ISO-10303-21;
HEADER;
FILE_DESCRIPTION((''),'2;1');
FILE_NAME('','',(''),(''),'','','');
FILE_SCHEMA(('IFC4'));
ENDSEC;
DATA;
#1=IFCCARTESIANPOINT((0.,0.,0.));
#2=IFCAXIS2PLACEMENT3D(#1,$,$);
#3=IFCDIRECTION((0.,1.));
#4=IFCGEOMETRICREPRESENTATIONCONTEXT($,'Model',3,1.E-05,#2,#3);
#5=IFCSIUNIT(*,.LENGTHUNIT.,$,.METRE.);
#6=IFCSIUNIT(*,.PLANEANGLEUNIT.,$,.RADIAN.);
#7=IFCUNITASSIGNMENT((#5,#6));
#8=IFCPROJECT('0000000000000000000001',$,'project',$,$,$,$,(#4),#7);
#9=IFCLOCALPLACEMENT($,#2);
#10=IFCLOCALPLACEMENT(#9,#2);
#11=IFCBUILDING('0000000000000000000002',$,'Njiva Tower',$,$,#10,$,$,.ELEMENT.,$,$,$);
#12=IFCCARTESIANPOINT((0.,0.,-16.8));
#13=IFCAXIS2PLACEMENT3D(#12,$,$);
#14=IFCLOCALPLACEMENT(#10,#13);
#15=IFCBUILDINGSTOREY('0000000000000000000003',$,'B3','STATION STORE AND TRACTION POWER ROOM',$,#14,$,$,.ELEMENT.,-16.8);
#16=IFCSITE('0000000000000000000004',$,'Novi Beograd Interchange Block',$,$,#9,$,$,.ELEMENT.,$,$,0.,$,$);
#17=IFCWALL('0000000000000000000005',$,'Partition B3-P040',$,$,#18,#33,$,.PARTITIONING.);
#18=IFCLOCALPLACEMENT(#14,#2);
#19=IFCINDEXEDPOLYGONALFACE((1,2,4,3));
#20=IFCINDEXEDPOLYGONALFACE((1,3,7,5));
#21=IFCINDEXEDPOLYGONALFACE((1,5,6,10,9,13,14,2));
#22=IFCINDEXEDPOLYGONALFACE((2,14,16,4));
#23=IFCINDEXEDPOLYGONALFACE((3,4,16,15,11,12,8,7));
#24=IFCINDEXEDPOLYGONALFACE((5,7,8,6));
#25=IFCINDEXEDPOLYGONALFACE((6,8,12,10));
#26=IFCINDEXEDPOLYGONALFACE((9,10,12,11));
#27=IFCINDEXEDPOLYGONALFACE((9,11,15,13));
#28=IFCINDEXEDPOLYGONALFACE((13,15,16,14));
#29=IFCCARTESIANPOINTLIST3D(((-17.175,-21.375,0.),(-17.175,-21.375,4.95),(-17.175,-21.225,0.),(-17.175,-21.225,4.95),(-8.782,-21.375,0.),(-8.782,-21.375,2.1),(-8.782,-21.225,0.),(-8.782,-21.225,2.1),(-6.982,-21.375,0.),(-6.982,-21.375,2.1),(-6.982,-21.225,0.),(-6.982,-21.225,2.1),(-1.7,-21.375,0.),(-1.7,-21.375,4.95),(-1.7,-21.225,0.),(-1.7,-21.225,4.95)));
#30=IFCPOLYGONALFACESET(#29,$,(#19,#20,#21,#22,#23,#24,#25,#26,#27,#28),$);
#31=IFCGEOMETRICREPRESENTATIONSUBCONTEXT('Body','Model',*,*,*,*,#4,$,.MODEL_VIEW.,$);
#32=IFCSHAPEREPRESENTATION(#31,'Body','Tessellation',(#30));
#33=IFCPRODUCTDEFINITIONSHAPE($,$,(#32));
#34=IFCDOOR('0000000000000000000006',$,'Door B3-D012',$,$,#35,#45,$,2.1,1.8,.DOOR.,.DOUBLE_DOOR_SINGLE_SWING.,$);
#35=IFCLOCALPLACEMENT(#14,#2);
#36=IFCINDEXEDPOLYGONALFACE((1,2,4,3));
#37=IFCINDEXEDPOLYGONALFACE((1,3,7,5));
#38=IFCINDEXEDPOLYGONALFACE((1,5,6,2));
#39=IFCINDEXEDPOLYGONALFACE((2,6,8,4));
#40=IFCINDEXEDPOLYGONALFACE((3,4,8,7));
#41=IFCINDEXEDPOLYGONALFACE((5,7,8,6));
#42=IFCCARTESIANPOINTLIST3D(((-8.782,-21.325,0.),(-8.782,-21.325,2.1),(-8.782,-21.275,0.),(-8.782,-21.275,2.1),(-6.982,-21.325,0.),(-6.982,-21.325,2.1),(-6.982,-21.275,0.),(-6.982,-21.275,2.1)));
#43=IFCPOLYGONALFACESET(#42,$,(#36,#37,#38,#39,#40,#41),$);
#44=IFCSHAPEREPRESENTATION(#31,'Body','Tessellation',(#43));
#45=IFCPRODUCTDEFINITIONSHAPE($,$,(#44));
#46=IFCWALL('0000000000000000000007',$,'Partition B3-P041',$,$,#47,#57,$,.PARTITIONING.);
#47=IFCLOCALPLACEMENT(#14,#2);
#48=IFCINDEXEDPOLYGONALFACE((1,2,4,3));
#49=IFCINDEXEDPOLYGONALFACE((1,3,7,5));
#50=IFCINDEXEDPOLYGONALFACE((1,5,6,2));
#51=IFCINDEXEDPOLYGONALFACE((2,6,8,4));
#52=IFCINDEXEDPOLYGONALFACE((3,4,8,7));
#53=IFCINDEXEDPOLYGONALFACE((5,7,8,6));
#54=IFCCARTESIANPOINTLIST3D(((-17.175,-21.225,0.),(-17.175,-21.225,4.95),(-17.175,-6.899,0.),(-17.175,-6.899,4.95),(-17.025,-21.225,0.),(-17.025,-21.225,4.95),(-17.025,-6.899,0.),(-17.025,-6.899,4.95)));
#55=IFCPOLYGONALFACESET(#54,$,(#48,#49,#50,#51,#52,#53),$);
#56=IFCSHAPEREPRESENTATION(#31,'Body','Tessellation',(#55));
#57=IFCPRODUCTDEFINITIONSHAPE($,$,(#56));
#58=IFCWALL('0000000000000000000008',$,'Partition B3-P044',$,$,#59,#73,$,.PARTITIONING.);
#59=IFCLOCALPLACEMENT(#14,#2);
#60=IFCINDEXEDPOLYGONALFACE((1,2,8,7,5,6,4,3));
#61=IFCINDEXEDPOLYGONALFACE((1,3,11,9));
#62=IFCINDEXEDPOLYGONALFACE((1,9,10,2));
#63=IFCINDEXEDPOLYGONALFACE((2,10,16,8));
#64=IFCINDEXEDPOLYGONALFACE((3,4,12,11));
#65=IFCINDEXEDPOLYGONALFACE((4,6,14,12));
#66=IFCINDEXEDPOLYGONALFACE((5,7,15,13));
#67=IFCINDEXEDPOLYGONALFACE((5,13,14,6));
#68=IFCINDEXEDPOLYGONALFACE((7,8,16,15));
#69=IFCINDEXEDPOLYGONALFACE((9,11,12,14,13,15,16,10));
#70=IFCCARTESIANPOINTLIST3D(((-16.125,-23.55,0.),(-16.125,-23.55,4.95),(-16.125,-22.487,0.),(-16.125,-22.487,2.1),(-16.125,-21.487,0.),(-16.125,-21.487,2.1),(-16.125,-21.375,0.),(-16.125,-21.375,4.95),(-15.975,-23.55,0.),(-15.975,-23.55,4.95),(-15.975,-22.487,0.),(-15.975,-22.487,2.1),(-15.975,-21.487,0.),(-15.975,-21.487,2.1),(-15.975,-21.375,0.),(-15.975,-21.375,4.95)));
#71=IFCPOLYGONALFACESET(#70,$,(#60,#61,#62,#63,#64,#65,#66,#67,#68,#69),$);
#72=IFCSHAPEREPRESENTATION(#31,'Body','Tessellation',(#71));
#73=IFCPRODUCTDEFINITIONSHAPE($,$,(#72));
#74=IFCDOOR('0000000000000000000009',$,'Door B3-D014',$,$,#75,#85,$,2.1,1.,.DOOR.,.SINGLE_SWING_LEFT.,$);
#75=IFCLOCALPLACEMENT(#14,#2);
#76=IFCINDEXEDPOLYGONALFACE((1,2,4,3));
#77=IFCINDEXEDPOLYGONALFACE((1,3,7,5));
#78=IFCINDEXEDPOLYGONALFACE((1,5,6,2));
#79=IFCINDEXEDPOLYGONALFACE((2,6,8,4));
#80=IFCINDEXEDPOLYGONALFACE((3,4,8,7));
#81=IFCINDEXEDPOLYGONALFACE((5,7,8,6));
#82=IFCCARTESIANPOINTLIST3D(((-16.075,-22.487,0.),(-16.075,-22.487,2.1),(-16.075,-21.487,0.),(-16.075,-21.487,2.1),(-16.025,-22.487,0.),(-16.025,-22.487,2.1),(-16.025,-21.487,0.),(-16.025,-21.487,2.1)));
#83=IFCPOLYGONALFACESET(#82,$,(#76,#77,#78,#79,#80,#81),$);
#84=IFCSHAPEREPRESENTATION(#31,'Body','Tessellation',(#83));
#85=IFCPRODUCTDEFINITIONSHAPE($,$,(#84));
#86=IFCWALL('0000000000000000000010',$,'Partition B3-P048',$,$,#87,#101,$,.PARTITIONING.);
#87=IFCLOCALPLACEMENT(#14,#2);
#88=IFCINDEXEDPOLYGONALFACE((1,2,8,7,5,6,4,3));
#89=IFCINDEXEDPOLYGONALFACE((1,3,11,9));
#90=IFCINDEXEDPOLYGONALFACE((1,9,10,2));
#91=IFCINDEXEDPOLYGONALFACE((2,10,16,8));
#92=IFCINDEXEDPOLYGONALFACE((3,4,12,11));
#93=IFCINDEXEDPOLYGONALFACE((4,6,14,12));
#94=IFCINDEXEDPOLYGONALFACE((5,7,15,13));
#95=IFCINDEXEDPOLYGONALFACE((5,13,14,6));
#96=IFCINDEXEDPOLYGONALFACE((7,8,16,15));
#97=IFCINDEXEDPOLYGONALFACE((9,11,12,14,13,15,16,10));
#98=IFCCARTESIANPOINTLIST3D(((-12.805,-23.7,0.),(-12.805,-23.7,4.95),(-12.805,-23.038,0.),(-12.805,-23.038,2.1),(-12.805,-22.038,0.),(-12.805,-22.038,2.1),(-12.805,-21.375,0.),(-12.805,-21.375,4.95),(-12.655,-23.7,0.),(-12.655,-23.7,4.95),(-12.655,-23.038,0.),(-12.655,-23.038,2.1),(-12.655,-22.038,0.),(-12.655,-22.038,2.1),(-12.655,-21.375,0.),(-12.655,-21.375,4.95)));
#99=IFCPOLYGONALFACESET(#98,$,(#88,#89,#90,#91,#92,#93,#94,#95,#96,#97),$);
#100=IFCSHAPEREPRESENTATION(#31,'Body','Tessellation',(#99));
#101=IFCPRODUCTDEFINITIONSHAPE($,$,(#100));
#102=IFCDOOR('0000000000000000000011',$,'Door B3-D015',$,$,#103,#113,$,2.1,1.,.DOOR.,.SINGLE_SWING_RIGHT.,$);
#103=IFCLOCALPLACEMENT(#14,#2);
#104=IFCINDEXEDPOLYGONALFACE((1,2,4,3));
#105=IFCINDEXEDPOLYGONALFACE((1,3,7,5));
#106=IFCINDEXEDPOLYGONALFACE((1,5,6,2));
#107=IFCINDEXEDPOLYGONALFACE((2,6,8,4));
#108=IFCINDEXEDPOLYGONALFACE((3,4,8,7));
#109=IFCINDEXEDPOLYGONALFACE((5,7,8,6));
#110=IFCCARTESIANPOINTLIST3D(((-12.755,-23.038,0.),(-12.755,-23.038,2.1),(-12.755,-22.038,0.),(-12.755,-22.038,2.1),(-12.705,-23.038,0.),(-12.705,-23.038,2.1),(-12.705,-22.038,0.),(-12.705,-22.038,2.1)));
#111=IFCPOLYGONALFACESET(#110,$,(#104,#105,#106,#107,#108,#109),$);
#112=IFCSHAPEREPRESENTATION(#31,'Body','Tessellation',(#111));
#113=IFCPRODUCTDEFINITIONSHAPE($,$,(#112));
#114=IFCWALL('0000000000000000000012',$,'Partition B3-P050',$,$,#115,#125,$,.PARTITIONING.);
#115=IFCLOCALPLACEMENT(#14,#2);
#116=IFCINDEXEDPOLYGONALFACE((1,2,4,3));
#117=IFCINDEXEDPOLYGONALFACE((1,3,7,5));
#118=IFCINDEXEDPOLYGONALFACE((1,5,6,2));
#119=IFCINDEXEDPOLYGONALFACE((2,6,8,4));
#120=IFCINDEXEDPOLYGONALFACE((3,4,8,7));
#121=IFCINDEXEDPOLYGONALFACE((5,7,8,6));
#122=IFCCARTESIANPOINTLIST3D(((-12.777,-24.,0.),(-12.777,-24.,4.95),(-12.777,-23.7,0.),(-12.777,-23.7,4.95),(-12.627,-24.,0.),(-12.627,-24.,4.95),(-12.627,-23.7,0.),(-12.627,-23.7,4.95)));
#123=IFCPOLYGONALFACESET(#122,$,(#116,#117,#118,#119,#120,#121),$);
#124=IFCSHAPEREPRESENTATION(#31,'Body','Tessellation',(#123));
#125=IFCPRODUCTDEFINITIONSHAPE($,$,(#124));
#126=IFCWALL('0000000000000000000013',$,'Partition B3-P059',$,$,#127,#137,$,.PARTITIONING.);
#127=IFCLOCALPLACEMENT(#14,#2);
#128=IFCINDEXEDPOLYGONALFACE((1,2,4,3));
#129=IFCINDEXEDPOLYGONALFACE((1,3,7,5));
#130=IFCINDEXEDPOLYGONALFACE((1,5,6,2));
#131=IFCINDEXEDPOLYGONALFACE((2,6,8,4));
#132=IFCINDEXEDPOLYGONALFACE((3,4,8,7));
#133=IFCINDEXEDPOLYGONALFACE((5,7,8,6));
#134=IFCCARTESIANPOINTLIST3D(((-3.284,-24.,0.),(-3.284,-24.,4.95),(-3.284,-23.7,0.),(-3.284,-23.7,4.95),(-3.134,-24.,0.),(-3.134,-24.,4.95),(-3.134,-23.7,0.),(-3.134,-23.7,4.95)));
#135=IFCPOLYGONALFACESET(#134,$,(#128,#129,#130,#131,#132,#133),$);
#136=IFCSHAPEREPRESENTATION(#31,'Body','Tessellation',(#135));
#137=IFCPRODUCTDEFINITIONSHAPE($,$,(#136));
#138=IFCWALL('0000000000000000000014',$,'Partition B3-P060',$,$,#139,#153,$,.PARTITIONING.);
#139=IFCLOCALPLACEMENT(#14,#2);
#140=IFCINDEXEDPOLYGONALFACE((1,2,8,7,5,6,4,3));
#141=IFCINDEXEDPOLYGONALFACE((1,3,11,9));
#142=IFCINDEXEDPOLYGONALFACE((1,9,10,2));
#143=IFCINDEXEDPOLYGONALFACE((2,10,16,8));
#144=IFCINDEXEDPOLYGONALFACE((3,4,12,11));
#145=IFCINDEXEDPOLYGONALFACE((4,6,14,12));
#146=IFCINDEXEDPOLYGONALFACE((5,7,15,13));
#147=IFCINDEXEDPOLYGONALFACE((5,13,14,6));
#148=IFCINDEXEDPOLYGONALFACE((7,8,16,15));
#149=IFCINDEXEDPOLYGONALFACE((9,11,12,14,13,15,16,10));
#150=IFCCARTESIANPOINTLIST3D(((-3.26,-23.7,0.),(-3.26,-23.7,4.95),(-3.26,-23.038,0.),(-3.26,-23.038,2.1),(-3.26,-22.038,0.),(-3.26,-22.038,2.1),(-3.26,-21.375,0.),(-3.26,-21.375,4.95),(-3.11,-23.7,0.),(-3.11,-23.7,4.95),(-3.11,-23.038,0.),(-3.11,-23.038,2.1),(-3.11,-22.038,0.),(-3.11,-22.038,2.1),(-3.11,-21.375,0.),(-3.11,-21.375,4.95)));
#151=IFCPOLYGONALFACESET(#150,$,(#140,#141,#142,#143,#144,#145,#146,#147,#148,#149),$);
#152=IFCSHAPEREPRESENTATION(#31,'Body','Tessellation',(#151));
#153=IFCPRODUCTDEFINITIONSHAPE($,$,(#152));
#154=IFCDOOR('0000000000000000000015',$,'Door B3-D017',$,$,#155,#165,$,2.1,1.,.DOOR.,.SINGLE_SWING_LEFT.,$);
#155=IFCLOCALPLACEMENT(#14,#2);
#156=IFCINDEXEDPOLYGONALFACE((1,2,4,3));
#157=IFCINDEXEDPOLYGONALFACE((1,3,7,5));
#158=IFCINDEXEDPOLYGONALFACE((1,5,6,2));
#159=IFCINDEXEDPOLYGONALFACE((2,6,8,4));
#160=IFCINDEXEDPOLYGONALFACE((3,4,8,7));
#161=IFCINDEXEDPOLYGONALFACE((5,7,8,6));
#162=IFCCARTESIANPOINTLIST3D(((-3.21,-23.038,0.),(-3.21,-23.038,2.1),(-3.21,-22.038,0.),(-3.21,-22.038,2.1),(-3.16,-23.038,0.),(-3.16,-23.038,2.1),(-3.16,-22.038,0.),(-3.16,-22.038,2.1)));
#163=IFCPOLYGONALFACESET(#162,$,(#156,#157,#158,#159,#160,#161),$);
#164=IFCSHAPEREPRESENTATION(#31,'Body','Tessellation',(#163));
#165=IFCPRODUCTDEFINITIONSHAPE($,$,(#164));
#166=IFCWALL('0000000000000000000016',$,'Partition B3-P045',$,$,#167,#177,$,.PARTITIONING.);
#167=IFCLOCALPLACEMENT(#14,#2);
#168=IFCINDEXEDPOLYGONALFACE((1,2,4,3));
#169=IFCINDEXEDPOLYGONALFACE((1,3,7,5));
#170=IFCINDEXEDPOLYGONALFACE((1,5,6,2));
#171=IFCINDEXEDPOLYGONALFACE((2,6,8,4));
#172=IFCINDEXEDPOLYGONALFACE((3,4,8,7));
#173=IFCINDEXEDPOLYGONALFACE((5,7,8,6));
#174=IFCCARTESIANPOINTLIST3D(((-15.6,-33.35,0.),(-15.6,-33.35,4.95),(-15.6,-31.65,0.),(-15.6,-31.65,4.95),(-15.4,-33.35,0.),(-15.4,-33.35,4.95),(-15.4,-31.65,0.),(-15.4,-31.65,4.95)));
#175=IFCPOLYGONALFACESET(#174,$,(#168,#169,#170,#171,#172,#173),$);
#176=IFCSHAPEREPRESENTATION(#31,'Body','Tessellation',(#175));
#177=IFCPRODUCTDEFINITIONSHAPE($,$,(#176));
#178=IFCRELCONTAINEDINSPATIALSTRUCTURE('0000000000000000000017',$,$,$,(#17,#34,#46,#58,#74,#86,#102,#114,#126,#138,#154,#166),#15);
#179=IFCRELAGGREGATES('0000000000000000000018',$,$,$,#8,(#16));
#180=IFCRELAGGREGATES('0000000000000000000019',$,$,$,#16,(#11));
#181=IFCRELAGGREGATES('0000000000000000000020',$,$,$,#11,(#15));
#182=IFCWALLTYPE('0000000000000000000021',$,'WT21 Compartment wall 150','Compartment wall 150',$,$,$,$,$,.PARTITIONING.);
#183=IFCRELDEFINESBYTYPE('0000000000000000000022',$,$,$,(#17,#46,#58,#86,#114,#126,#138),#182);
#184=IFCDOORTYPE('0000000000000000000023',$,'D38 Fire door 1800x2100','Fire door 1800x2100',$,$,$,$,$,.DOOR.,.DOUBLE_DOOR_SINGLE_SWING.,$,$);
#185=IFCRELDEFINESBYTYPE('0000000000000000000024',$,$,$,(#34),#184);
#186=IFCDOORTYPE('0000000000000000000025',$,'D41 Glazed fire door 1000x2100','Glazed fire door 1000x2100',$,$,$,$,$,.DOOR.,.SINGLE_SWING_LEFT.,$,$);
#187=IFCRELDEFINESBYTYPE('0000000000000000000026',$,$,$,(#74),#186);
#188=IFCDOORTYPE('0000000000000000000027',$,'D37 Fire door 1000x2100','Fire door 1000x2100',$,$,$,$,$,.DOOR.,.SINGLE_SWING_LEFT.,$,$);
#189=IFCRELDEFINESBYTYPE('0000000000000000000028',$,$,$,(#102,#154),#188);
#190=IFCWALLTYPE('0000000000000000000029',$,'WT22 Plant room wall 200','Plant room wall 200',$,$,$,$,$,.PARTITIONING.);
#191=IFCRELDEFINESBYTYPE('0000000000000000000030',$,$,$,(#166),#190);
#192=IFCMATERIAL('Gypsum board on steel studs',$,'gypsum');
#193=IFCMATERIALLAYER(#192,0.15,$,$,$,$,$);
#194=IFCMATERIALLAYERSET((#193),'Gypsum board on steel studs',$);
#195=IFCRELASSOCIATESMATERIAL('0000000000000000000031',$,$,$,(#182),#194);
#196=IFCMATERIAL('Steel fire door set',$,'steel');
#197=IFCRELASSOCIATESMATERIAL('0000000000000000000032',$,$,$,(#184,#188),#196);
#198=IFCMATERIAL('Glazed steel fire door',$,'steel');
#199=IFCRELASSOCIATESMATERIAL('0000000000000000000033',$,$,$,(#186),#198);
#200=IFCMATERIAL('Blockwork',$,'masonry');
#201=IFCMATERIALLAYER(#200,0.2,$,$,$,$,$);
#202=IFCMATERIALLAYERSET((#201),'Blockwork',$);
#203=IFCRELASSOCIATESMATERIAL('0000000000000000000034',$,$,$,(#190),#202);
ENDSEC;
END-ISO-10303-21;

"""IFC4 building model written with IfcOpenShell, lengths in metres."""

from ifc_helpers import new_model, si_unit, direction, frame, frame_2d, origin, place, context, subcontext, project, spatial, rectangle, extrude, material, layer, layer_set, type_object, element, fill, save


model = new_model("IFC4")

# Units and contexts
model_context = context("Model", 3, precision=1e-05, world=origin(), true_north=direction((0.0, 1.0)))
body_context = subcontext(model_context, "Body", "Model", "MODEL_VIEW")
ifc_project = project(units=[si_unit("LENGTHUNIT", "METRE"), si_unit("PLANEANGLEUNIT", "RADIAN")], contexts=[model_context])

# Site, building, storey
site_placement = place(None, origin())
site = spatial("IfcSite", under=ifc_project, at=site_placement, Name="Novi Beograd Interchange Block", CompositionType="ELEMENT", RefElevation=0.0)
building_placement = place(site_placement, origin())
building = spatial("IfcBuilding", under=site, at=building_placement, Name="Njiva Tower", CompositionType="ELEMENT")
storey_placement = place(building_placement, frame((0.0, 0.0, -16.8)))
storey = spatial("IfcBuildingStorey", under=building, at=storey_placement, Name="B3", Description="STATION STORE AND TRACTION POWER ROOM", CompositionType="ELEMENT", Elevation=-16.8)

# Shared definitions
ifc_material_1 = material(Name="Gypsum board on steel studs", Category="gypsum")
ifc_layer_1 = layer(ifc_material_1, 0.15)
ifc_layer_set_1 = layer_set([ifc_layer_1], Name="Gypsum board on steel studs")
wall_type_1 = type_object("IfcWallType", Name="WT21 Compartment wall 150", Description="Compartment wall 150", PredefinedType="PARTITIONING", material=ifc_layer_set_1)

# Wall, opening, door
wall_1_placement = place(storey_placement, frame((-17.175, -21.3, 0.0), z_axis=(0.0, 0.0, 1.0), x_axis=(1.0, 0.0, 0.0)))
wall_1 = element("IfcWall", 1, at=wall_1_placement, inside=storey, type_object=wall_type_1, Name="Partition B3-P040", PredefinedType="PARTITIONING", context=body_context, shape_type="SweptSolid", body=[
    extrude(rectangle(XDim=15.475, YDim=0.15, at=frame_2d((7.7375, 0.0))), origin(), (0.0, 0.0, 1.0), 4.95),
])
opening_1_placement = place(wall_1_placement, frame((8.393, 0.0, 0.0)))
opening_1 = element("IfcOpeningElement", 2, at=opening_1_placement, cuts=wall_1, PredefinedType="OPENING", context=body_context, shape_type="SweptSolid", body=[
    extrude(rectangle(XDim=1.8, YDim=2.1, at=frame_2d((0.9, 1.05))), frame((0.0, 0.085, 0.0), z_axis=(0.0, -1.0, 0.0), x_axis=(1.0, 0.0, 0.0)), (0.0, 0.0, 1.0), 0.17),
])
ifc_material_2 = material(Name="Steel fire door set", Category="steel")
door_type_1 = type_object("IfcDoorType", Name="D38 Fire door 1800x2100", Description="Fire door 1800x2100", OperationType="DOUBLE_DOOR_SINGLE_SWING", PredefinedType="DOOR", material=ifc_material_2)
door_1_placement = place(opening_1_placement, origin())
door_1 = element("IfcDoor", 3, at=door_1_placement, inside=storey, type_object=door_type_1, Name="Door B3-D012", OperationType="DOUBLE_DOOR_SINGLE_SWING", OverallHeight=2.1, OverallWidth=1.8, PredefinedType="DOOR", context=body_context, shape_type="SweptSolid", body=[
    extrude(rectangle(XDim=1.8, YDim=2.1, at=frame_2d((0.9, 1.05))), frame((0.0, 0.025, 0.0), z_axis=(0.0, -1.0, 0.0), x_axis=(1.0, 0.0, 0.0)), (0.0, 0.0, 1.0), 0.05),
])
fill(opening_1, door_1)

# Wall
wall_2_placement = place(storey_placement, frame((-17.1, -21.225, 0.0), z_axis=(0.0, 0.0, 1.0), x_axis=(0.0, 1.0, 0.0)))
element("IfcWall", 4, at=wall_2_placement, inside=storey, type_object=wall_type_1, Name="Partition B3-P041", PredefinedType="PARTITIONING", context=body_context, shape_type="SweptSolid", body=[
    extrude(rectangle(XDim=14.326, YDim=0.15, at=frame_2d((7.163, 0.0))), origin(), (0.0, 0.0, 1.0), 4.95),
])

# Walls, openings, doors
wall_3_placement = place(storey_placement, frame((-16.05, -23.55, 0.0), z_axis=(0.0, 0.0, 1.0), x_axis=(0.0, 1.0, 0.0)))
wall_3 = element("IfcWall", 5, at=wall_3_placement, inside=storey, type_object=wall_type_1, Name="Partition B3-P044", PredefinedType="PARTITIONING", context=body_context, shape_type="SweptSolid", body=[
    extrude(rectangle(XDim=2.175, YDim=0.15, at=frame_2d((1.0875, 0.0))), origin(), (0.0, 0.0, 1.0), 4.95),
])
opening_2_placement = place(wall_3_placement, frame((1.063, 0.0, 0.0)))
opening_2 = element("IfcOpeningElement", 6, at=opening_2_placement, cuts=wall_3, PredefinedType="OPENING", context=body_context, shape_type="SweptSolid", body=[
    extrude(rectangle(XDim=1.0, YDim=2.1, at=frame_2d((0.5, 1.05))), frame((0.0, 0.085, 0.0), z_axis=(0.0, -1.0, 0.0), x_axis=(1.0, 0.0, 0.0)), (0.0, 0.0, 1.0), 0.17),
])
ifc_material_3 = material(Name="Glazed steel fire door", Category="steel")
door_type_2 = type_object("IfcDoorType", Name="D41 Glazed fire door 1000x2100", Description="Glazed fire door 1000x2100", OperationType="SINGLE_SWING_LEFT", PredefinedType="DOOR", material=ifc_material_3)
door_2_placement = place(opening_2_placement, origin())
door_2 = element("IfcDoor", 7, at=door_2_placement, inside=storey, type_object=door_type_2, Name="Door B3-D014", OperationType="SINGLE_SWING_LEFT", OverallHeight=2.1, OverallWidth=1.0, PredefinedType="DOOR", context=body_context, shape_type="SweptSolid", body=[
    extrude(rectangle(XDim=1.0, YDim=2.1, at=frame_2d((0.5, 1.05))), frame((0.0, 0.025, 0.0), z_axis=(0.0, -1.0, 0.0), x_axis=(1.0, 0.0, 0.0)), (0.0, 0.0, 1.0), 0.05),
])
fill(opening_2, door_2)
wall_4_placement = place(storey_placement, frame((-12.73, -23.7, 0.0), z_axis=(0.0, 0.0, 1.0), x_axis=(0.0, 1.0, 0.0)))
wall_4 = element("IfcWall", 8, at=wall_4_placement, inside=storey, type_object=wall_type_1, Name="Partition B3-P048", PredefinedType="PARTITIONING", context=body_context, shape_type="SweptSolid", body=[
    extrude(rectangle(XDim=2.325, YDim=0.15, at=frame_2d((1.1625, 0.0))), origin(), (0.0, 0.0, 1.0), 4.95),
])
opening_3_placement = place(wall_4_placement, frame((0.662, 0.0, 0.0)))
opening_3 = element("IfcOpeningElement", 9, at=opening_3_placement, cuts=wall_4, PredefinedType="OPENING", context=body_context, shape_type="SweptSolid", body=[
    extrude(rectangle(XDim=1.0, YDim=2.1, at=frame_2d((0.5, 1.05))), frame((0.0, 0.085, 0.0), z_axis=(0.0, -1.0, 0.0), x_axis=(1.0, 0.0, 0.0)), (0.0, 0.0, 1.0), 0.17),
])
door_type_3 = type_object("IfcDoorType", Name="D37 Fire door 1000x2100", Description="Fire door 1000x2100", OperationType="SINGLE_SWING_LEFT", PredefinedType="DOOR", material=ifc_material_2)
door_3_placement = place(opening_3_placement, origin())
door_3 = element("IfcDoor", 10, at=door_3_placement, inside=storey, type_object=door_type_3, Name="Door B3-D015", OperationType="SINGLE_SWING_RIGHT", OverallHeight=2.1, OverallWidth=1.0, PredefinedType="DOOR", context=body_context, shape_type="SweptSolid", body=[
    extrude(rectangle(XDim=1.0, YDim=2.1, at=frame_2d((0.5, 1.05))), frame((0.0, 0.025, 0.0), z_axis=(0.0, -1.0, 0.0), x_axis=(1.0, 0.0, 0.0)), (0.0, 0.0, 1.0), 0.05),
])
fill(opening_3, door_3)

# Walls
for number, where, z_axis, x_axis, name in (
    (11, (-12.702, -24.0, 0.0), (0.0, 0.0, 1.0), (0.0, 1.0, 0.0), "Partition B3-P050"),
    (12, (-3.209, -24.0, 0.0), (0.0, 0.0, 1.0), (0.0, 1.0, 0.0), "Partition B3-P059"),
):
    element("IfcWall", number, at=place(storey_placement, frame(where, z_axis=z_axis, x_axis=x_axis)), inside=storey, type_object=wall_type_1, Name=name, PredefinedType="PARTITIONING", context=body_context, shape_type="SweptSolid", body=[
        extrude(rectangle(XDim=0.3, YDim=0.15, at=frame_2d((0.15, 0.0))), origin(), (0.0, 0.0, 1.0), 4.95),
    ])

# Wall, opening, door
wall_5_placement = place(storey_placement, frame((-3.185, -23.7, 0.0), z_axis=(0.0, 0.0, 1.0), x_axis=(0.0, 1.0, 0.0)))
wall_5 = element("IfcWall", 13, at=wall_5_placement, inside=storey, type_object=wall_type_1, Name="Partition B3-P060", PredefinedType="PARTITIONING", context=body_context, shape_type="SweptSolid", body=[
    extrude(rectangle(XDim=2.325, YDim=0.15, at=frame_2d((1.1625, 0.0))), origin(), (0.0, 0.0, 1.0), 4.95),
])
opening_4_placement = place(wall_5_placement, frame((0.662, 0.0, 0.0)))
opening_4 = element("IfcOpeningElement", 14, at=opening_4_placement, cuts=wall_5, PredefinedType="OPENING", context=body_context, shape_type="SweptSolid", body=[
    extrude(rectangle(XDim=1.0, YDim=2.1, at=frame_2d((0.5, 1.05))), frame((0.0, 0.085, 0.0), z_axis=(0.0, -1.0, 0.0), x_axis=(1.0, 0.0, 0.0)), (0.0, 0.0, 1.0), 0.17),
])
door_4_placement = place(opening_4_placement, origin())
door_4 = element("IfcDoor", 15, at=door_4_placement, inside=storey, type_object=door_type_3, Name="Door B3-D017", OperationType="SINGLE_SWING_LEFT", OverallHeight=2.1, OverallWidth=1.0, PredefinedType="DOOR", context=body_context, shape_type="SweptSolid", body=[
    extrude(rectangle(XDim=1.0, YDim=2.1, at=frame_2d((0.5, 1.05))), frame((0.0, 0.025, 0.0), z_axis=(0.0, -1.0, 0.0), x_axis=(1.0, 0.0, 0.0)), (0.0, 0.0, 1.0), 0.05),
])
fill(opening_4, door_4)

# Wall
ifc_material_4 = material(Name="Blockwork", Category="masonry")
ifc_layer_2 = layer(ifc_material_4, 0.2)
ifc_layer_set_2 = layer_set([ifc_layer_2], Name="Blockwork")
wall_type_2 = type_object("IfcWallType", Name="WT22 Plant room wall 200", Description="Plant room wall 200", PredefinedType="PARTITIONING", material=ifc_layer_set_2)
wall_6_placement = place(storey_placement, frame((-15.5, -33.35, 0.0), z_axis=(0.0, 0.0, 1.0), x_axis=(0.0, 1.0, 0.0)))
element("IfcWall", 16, at=wall_6_placement, inside=storey, type_object=wall_type_2, Name="Partition B3-P045", PredefinedType="PARTITIONING", context=body_context, shape_type="SweptSolid", body=[
    extrude(rectangle(XDim=1.7, YDim=0.2, at=frame_2d((0.85, 0.0))), origin(), (0.0, 0.0, 1.0), 4.95),
])

save(model, "model.ifc")
